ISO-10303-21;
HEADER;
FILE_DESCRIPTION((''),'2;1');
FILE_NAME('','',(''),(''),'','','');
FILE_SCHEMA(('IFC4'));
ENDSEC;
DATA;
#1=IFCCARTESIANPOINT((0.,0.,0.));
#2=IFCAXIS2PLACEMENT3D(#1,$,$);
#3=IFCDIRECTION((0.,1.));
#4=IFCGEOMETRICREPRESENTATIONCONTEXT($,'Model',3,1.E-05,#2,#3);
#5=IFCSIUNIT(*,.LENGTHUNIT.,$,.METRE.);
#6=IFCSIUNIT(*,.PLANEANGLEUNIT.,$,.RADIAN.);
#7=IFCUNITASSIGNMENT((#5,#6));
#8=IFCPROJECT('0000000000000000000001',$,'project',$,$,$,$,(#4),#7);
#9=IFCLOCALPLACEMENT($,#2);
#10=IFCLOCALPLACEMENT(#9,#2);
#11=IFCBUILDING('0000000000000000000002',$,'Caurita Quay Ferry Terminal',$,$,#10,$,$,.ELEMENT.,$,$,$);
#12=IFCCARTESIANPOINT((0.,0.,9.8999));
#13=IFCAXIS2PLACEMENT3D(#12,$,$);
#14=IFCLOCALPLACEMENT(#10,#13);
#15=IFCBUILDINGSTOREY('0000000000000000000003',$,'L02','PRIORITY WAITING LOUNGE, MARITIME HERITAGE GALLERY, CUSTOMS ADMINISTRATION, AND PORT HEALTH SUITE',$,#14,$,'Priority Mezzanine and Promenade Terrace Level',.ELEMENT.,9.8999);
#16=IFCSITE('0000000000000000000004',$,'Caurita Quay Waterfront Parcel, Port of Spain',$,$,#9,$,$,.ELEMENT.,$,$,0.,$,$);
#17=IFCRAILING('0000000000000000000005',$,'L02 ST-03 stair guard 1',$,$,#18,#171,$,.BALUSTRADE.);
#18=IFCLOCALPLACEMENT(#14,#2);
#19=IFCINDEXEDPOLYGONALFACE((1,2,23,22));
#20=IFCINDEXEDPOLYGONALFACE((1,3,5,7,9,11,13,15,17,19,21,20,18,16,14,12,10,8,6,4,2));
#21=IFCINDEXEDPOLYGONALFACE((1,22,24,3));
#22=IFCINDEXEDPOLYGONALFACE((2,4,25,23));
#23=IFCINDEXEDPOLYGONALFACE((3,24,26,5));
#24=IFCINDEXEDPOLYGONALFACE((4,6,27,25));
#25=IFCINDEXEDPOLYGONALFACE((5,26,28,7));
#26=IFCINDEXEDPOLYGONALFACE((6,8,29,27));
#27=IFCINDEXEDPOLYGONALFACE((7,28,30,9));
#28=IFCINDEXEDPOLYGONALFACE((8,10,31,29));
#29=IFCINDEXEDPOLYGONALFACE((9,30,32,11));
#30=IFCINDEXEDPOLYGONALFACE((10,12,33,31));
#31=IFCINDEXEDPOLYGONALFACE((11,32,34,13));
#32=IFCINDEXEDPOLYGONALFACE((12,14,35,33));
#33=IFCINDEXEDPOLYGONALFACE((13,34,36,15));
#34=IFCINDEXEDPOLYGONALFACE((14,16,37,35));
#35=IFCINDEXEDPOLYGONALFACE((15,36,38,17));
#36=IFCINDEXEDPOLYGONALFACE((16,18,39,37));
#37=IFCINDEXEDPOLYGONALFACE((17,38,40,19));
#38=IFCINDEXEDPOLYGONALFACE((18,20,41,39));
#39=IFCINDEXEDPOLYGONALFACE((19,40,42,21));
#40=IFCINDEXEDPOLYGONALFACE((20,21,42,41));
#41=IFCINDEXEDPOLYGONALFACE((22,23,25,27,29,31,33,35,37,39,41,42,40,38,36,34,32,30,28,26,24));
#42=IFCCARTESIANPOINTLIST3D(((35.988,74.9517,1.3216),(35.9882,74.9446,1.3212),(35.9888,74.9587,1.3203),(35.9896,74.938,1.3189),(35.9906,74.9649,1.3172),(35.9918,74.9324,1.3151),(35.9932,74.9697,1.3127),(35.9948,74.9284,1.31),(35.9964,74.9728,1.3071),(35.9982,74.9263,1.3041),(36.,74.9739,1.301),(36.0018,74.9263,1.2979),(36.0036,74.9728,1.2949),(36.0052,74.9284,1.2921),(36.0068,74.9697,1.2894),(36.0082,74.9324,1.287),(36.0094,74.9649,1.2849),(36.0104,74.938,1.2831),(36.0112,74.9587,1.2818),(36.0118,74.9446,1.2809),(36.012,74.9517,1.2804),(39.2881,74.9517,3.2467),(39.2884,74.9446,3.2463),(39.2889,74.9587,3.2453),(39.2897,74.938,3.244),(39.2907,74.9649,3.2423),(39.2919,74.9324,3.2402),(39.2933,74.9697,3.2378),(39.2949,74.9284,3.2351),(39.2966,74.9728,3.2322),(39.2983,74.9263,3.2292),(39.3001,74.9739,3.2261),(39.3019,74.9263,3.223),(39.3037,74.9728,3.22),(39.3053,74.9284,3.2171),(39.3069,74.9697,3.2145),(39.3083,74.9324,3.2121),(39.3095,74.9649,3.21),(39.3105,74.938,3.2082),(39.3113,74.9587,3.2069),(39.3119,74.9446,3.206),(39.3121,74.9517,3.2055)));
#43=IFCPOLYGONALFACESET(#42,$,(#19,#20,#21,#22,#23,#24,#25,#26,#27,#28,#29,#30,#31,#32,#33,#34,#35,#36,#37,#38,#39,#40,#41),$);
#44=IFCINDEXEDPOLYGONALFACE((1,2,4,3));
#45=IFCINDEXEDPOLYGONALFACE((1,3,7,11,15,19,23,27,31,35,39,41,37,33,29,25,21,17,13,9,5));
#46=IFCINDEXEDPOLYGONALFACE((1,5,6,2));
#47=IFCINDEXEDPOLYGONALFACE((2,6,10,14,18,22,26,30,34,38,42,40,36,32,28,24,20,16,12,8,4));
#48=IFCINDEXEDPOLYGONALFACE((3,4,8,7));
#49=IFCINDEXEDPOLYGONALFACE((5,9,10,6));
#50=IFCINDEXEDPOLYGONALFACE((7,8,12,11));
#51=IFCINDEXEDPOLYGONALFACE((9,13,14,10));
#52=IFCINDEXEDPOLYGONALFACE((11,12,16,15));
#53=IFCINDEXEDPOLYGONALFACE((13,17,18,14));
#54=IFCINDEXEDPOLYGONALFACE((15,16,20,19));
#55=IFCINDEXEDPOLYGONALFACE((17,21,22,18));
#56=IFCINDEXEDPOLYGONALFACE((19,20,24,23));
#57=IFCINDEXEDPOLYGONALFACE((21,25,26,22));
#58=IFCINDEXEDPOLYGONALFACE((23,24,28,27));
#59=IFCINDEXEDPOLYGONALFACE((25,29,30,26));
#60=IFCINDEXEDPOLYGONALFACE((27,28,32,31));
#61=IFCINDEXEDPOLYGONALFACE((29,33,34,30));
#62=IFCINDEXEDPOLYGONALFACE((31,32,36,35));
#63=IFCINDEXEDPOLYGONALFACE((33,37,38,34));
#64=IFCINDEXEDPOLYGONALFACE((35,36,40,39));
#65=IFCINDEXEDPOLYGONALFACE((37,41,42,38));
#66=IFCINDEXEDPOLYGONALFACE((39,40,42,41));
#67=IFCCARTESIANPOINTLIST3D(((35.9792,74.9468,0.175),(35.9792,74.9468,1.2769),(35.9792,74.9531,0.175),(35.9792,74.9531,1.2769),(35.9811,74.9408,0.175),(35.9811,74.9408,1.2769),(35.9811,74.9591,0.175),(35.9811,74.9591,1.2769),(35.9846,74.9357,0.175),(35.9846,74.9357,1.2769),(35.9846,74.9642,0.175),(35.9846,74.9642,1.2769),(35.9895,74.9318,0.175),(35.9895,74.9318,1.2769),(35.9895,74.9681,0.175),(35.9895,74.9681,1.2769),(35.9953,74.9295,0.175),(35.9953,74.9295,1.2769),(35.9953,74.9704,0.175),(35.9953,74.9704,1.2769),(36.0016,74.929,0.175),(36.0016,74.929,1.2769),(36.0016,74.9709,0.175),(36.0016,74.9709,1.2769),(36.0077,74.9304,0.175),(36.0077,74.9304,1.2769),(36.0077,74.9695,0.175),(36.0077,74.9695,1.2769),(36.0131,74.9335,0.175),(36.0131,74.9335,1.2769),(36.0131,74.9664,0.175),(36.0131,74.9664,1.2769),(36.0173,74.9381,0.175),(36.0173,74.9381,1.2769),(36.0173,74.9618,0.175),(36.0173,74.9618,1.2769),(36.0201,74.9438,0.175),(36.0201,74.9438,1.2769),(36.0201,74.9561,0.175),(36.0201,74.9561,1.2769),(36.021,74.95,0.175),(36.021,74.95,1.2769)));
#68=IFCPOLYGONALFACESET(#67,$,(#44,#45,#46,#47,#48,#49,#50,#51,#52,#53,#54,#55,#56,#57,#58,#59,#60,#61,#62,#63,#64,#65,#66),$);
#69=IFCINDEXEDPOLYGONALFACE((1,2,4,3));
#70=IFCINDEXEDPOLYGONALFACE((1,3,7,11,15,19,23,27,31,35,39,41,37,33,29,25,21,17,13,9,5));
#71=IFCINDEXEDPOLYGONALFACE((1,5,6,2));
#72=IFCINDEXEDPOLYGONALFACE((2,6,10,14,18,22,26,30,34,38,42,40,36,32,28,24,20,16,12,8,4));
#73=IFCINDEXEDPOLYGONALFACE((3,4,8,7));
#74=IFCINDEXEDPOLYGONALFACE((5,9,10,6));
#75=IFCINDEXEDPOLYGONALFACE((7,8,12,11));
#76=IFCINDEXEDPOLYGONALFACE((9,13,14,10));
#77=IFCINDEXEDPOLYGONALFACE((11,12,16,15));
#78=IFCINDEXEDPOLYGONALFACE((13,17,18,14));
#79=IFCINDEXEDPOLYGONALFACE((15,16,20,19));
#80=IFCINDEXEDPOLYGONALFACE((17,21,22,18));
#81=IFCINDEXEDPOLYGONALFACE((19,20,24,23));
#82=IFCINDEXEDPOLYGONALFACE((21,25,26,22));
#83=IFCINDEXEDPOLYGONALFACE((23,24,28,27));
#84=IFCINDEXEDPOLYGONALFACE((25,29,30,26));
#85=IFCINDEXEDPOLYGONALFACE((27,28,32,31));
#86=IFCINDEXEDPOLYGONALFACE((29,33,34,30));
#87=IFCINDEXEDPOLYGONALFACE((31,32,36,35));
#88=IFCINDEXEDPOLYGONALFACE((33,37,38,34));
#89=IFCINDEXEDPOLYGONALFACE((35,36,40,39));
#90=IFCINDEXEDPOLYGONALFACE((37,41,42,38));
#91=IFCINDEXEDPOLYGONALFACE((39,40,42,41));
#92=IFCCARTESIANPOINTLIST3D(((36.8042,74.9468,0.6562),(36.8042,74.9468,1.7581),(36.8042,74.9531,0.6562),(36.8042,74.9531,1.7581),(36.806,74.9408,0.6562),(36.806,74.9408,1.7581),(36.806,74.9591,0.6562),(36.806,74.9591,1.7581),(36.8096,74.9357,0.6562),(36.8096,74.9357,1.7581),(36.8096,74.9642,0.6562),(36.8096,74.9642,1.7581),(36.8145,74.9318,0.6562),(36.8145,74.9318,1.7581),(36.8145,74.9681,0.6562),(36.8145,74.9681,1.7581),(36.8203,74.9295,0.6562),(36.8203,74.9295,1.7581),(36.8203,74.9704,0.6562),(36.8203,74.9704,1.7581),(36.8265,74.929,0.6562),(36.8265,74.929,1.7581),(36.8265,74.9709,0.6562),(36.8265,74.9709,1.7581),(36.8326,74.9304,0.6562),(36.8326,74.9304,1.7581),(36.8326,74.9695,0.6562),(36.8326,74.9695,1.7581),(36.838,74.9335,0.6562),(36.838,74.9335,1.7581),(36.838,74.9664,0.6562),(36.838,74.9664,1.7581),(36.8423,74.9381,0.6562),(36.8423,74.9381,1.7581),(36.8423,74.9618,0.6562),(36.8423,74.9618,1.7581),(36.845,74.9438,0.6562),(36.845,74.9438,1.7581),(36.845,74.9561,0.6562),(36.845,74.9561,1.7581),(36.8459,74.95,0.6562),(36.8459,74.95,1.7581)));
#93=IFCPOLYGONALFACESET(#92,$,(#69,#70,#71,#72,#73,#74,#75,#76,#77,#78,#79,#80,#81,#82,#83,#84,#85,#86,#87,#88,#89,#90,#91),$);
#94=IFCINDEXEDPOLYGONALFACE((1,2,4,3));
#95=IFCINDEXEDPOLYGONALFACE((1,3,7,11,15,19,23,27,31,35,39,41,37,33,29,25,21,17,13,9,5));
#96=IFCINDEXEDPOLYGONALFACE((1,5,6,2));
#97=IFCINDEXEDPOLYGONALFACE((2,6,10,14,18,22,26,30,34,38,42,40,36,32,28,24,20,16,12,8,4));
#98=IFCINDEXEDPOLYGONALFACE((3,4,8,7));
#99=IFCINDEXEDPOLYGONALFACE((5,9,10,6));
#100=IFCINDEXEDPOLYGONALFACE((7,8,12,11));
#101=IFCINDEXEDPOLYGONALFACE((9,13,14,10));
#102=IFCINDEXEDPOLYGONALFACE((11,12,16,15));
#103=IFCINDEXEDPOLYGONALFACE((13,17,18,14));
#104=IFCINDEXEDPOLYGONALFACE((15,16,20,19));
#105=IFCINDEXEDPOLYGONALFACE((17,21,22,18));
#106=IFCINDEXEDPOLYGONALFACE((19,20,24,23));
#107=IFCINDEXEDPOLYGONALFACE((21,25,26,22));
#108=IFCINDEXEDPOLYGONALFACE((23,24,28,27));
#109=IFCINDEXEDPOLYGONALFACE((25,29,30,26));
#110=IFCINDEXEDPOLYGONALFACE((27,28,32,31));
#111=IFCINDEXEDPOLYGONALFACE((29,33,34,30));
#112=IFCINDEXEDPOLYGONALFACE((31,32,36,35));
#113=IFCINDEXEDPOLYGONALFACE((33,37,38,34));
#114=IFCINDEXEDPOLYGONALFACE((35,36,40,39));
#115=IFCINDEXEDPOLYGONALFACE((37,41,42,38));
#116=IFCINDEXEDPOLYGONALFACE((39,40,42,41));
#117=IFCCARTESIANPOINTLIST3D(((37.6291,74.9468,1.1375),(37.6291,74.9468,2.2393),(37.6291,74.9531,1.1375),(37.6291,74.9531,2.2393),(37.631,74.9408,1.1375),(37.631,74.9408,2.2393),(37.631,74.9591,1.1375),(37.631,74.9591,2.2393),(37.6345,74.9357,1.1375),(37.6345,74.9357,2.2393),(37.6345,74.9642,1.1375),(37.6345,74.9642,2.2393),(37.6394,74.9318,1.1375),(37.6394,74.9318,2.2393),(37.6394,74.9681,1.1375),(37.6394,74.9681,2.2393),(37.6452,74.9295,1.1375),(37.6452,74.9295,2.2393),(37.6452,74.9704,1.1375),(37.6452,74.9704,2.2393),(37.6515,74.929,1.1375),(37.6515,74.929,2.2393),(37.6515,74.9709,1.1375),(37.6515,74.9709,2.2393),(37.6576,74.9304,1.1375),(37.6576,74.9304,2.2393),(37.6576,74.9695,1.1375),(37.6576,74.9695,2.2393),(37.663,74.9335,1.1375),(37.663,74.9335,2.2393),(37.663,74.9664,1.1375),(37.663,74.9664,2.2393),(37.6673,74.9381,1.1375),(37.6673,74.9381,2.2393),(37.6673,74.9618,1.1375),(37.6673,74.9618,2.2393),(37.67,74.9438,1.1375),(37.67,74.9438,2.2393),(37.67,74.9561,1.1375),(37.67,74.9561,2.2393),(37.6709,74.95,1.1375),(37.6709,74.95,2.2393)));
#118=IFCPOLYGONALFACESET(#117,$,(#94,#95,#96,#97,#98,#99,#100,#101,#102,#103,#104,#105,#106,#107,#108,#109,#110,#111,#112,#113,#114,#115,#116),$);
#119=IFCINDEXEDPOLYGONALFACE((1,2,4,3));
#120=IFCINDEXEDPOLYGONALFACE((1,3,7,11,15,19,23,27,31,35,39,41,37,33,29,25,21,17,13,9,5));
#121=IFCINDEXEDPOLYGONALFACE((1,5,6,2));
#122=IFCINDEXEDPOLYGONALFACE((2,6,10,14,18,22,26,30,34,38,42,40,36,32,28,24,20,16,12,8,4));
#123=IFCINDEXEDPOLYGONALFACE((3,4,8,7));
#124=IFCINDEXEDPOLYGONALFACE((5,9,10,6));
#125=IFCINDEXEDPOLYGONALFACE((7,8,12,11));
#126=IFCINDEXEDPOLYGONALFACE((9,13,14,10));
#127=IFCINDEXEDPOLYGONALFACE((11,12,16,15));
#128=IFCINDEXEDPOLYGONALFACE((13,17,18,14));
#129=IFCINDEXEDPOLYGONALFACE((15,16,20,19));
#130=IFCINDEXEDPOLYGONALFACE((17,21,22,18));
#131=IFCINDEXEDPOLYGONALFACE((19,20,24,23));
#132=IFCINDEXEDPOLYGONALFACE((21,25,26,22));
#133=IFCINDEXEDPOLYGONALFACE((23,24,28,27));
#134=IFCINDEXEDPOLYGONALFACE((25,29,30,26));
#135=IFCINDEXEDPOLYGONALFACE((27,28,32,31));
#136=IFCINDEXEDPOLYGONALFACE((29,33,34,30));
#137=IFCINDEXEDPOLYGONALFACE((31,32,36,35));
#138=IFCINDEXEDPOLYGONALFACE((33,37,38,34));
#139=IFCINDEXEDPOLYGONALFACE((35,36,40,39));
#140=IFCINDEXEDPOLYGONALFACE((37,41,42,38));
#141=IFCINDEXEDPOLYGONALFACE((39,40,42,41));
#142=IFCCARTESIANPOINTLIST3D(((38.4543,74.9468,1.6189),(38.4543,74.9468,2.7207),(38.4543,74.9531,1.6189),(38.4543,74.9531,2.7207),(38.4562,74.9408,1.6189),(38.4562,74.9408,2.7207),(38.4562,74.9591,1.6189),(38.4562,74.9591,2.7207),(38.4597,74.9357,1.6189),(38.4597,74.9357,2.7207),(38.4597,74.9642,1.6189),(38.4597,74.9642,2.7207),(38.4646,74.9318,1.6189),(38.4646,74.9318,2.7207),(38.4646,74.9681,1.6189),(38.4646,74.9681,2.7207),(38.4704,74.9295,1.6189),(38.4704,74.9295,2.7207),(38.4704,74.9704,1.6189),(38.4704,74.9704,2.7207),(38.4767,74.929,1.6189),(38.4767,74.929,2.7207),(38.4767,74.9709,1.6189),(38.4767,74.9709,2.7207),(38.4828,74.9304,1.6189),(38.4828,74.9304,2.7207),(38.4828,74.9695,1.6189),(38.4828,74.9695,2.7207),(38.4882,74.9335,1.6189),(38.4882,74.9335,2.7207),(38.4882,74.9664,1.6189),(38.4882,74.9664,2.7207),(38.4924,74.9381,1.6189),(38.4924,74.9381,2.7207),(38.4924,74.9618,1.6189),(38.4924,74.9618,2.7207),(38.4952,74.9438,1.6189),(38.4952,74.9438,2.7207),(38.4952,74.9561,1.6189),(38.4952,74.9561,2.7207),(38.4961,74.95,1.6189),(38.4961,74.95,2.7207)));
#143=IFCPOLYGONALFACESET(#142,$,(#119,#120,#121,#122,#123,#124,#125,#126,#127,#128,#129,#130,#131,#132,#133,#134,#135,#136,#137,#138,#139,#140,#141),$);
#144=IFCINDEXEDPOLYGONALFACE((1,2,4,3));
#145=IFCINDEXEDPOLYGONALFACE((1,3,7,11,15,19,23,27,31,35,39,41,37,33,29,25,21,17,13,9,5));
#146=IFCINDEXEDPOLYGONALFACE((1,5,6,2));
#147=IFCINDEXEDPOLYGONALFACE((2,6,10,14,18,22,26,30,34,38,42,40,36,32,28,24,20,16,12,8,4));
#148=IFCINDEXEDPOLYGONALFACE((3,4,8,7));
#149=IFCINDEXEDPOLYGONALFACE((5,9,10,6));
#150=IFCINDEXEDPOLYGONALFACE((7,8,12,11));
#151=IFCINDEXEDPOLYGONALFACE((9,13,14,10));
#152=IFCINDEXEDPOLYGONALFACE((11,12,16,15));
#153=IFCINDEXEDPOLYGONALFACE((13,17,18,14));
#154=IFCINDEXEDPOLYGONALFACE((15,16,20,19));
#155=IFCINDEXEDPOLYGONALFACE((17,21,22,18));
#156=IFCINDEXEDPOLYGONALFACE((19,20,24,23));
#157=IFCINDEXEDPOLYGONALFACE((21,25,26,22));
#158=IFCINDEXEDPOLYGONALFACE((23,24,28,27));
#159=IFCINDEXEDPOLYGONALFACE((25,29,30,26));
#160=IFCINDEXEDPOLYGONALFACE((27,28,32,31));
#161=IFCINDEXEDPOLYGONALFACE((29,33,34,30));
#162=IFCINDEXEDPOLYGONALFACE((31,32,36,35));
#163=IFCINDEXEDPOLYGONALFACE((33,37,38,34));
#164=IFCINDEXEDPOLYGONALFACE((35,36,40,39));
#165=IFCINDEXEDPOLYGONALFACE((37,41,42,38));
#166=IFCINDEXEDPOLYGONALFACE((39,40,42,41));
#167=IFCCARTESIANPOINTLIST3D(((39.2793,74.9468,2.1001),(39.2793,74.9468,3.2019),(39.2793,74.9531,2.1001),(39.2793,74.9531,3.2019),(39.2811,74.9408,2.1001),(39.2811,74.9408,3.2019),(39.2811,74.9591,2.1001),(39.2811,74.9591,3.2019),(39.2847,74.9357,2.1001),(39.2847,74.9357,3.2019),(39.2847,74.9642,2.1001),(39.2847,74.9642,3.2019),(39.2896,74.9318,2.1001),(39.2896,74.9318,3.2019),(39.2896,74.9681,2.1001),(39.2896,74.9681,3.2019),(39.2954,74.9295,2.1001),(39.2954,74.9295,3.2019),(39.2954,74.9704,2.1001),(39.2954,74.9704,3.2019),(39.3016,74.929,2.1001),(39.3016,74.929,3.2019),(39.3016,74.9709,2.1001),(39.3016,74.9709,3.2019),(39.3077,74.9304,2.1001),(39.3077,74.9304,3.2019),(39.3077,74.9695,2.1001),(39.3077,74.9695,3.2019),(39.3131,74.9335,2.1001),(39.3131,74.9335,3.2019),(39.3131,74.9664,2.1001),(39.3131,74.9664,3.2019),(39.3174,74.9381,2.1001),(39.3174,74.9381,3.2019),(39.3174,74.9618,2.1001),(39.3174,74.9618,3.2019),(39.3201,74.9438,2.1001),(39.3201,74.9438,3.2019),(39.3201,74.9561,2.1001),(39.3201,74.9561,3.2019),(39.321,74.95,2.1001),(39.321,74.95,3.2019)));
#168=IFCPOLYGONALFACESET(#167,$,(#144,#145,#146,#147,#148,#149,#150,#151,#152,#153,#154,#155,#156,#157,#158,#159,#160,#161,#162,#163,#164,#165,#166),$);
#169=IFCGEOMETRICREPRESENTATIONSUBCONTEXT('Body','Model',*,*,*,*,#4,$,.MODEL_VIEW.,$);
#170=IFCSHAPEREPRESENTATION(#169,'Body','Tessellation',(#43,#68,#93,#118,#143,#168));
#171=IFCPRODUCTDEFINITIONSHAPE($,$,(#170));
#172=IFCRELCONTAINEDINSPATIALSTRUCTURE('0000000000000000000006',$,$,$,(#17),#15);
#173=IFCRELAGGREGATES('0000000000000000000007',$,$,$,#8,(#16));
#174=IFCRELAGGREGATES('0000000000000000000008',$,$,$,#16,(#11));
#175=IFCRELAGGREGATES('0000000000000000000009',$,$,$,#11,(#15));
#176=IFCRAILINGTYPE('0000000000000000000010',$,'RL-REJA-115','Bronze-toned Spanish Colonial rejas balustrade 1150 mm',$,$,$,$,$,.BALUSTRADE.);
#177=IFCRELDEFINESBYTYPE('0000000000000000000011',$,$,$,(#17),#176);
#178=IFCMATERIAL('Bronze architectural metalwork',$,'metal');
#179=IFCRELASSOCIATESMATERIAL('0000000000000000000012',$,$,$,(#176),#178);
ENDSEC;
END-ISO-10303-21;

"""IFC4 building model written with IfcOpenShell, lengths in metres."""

from ifc_helpers import new_model, si_unit, direction, frame, origin, origin_2d, place, context, subcontext, project, spatial, circle, extrude, material, type_object, element, save


model = new_model("IFC4")

# Units and contexts
model_context = context("Model", 3, precision=1e-05, world=origin(), true_north=direction((0.0, 1.0)))
body_context = subcontext(model_context, "Body", "Model", "MODEL_VIEW")
ifc_project = project(units=[si_unit("LENGTHUNIT", "METRE"), si_unit("PLANEANGLEUNIT", "RADIAN")], contexts=[model_context])

# Site, building, storey
site_placement = place(None, origin())
site = spatial("IfcSite", under=ifc_project, at=site_placement, Name="Caurita Quay Waterfront Parcel, Port of Spain", CompositionType="ELEMENT", RefElevation=0.0)
building_placement = place(site_placement, origin())
building = spatial("IfcBuilding", under=site, at=building_placement, Name="Caurita Quay Ferry Terminal", CompositionType="ELEMENT")
storey_placement = place(building_placement, frame((0.0, 0.0, 9.8999)))
storey = spatial("IfcBuildingStorey", under=building, at=storey_placement, Name="L02", Description="PRIORITY WAITING LOUNGE, MARITIME HERITAGE GALLERY, CUSTOMS ADMINISTRATION, AND PORT HEALTH SUITE", LongName="Priority Mezzanine and Promenade Terrace Level", CompositionType="ELEMENT", Elevation=9.8999)

# Railing
ifc_material_1 = material(Name="Bronze architectural metalwork", Category="metal")
railing_type_1 = type_object("IfcRailingType", Name="RL-REJA-115", Description="Bronze-toned Spanish Colonial rejas balustrade 1150 mm", PredefinedType="BALUSTRADE", material=ifc_material_1)
railing_1_placement = place(storey_placement, frame((36.0, 74.95, 0.175)))
element("IfcRailing", 1, at=railing_1_placement, inside=storey, type_object=railing_type_1, Name="L02 ST-03 stair guard 1", PredefinedType="BALUSTRADE", context=body_context, shape_type="SweptSolid", body=[
    extrude(circle(Radius=0.0239, at=origin_2d()), frame((0.0, 0.0, 1.126), z_axis=(0.863777, 0.0, 0.503875), x_axis=(0.0, 1.0, 0.0)), (0.0, 0.0, 1.0), 3.8206),
    extrude(circle(Radius=0.021, at=origin_2d()), origin(), (0.0, 0.0, 1.0), 1.1018),
    extrude(circle(Radius=0.021, at=origin_2d()), frame((0.825, 0.0, 0.4812)), (0.0, 0.0, 1.0), 1.1018),
    extrude(circle(Radius=0.021, at=origin_2d()), frame((1.6499, 0.0, 0.9624)), (0.0, 0.0, 1.0), 1.1018),
    extrude(circle(Radius=0.021, at=origin_2d()), frame((2.4751, 0.0, 1.4438)), (0.0, 0.0, 1.0), 1.1018),
    extrude(circle(Radius=0.021, at=origin_2d()), frame((3.3, 0.0, 1.925)), (0.0, 0.0, 1.0), 1.1018),
])

save(model, "model.ifc")
